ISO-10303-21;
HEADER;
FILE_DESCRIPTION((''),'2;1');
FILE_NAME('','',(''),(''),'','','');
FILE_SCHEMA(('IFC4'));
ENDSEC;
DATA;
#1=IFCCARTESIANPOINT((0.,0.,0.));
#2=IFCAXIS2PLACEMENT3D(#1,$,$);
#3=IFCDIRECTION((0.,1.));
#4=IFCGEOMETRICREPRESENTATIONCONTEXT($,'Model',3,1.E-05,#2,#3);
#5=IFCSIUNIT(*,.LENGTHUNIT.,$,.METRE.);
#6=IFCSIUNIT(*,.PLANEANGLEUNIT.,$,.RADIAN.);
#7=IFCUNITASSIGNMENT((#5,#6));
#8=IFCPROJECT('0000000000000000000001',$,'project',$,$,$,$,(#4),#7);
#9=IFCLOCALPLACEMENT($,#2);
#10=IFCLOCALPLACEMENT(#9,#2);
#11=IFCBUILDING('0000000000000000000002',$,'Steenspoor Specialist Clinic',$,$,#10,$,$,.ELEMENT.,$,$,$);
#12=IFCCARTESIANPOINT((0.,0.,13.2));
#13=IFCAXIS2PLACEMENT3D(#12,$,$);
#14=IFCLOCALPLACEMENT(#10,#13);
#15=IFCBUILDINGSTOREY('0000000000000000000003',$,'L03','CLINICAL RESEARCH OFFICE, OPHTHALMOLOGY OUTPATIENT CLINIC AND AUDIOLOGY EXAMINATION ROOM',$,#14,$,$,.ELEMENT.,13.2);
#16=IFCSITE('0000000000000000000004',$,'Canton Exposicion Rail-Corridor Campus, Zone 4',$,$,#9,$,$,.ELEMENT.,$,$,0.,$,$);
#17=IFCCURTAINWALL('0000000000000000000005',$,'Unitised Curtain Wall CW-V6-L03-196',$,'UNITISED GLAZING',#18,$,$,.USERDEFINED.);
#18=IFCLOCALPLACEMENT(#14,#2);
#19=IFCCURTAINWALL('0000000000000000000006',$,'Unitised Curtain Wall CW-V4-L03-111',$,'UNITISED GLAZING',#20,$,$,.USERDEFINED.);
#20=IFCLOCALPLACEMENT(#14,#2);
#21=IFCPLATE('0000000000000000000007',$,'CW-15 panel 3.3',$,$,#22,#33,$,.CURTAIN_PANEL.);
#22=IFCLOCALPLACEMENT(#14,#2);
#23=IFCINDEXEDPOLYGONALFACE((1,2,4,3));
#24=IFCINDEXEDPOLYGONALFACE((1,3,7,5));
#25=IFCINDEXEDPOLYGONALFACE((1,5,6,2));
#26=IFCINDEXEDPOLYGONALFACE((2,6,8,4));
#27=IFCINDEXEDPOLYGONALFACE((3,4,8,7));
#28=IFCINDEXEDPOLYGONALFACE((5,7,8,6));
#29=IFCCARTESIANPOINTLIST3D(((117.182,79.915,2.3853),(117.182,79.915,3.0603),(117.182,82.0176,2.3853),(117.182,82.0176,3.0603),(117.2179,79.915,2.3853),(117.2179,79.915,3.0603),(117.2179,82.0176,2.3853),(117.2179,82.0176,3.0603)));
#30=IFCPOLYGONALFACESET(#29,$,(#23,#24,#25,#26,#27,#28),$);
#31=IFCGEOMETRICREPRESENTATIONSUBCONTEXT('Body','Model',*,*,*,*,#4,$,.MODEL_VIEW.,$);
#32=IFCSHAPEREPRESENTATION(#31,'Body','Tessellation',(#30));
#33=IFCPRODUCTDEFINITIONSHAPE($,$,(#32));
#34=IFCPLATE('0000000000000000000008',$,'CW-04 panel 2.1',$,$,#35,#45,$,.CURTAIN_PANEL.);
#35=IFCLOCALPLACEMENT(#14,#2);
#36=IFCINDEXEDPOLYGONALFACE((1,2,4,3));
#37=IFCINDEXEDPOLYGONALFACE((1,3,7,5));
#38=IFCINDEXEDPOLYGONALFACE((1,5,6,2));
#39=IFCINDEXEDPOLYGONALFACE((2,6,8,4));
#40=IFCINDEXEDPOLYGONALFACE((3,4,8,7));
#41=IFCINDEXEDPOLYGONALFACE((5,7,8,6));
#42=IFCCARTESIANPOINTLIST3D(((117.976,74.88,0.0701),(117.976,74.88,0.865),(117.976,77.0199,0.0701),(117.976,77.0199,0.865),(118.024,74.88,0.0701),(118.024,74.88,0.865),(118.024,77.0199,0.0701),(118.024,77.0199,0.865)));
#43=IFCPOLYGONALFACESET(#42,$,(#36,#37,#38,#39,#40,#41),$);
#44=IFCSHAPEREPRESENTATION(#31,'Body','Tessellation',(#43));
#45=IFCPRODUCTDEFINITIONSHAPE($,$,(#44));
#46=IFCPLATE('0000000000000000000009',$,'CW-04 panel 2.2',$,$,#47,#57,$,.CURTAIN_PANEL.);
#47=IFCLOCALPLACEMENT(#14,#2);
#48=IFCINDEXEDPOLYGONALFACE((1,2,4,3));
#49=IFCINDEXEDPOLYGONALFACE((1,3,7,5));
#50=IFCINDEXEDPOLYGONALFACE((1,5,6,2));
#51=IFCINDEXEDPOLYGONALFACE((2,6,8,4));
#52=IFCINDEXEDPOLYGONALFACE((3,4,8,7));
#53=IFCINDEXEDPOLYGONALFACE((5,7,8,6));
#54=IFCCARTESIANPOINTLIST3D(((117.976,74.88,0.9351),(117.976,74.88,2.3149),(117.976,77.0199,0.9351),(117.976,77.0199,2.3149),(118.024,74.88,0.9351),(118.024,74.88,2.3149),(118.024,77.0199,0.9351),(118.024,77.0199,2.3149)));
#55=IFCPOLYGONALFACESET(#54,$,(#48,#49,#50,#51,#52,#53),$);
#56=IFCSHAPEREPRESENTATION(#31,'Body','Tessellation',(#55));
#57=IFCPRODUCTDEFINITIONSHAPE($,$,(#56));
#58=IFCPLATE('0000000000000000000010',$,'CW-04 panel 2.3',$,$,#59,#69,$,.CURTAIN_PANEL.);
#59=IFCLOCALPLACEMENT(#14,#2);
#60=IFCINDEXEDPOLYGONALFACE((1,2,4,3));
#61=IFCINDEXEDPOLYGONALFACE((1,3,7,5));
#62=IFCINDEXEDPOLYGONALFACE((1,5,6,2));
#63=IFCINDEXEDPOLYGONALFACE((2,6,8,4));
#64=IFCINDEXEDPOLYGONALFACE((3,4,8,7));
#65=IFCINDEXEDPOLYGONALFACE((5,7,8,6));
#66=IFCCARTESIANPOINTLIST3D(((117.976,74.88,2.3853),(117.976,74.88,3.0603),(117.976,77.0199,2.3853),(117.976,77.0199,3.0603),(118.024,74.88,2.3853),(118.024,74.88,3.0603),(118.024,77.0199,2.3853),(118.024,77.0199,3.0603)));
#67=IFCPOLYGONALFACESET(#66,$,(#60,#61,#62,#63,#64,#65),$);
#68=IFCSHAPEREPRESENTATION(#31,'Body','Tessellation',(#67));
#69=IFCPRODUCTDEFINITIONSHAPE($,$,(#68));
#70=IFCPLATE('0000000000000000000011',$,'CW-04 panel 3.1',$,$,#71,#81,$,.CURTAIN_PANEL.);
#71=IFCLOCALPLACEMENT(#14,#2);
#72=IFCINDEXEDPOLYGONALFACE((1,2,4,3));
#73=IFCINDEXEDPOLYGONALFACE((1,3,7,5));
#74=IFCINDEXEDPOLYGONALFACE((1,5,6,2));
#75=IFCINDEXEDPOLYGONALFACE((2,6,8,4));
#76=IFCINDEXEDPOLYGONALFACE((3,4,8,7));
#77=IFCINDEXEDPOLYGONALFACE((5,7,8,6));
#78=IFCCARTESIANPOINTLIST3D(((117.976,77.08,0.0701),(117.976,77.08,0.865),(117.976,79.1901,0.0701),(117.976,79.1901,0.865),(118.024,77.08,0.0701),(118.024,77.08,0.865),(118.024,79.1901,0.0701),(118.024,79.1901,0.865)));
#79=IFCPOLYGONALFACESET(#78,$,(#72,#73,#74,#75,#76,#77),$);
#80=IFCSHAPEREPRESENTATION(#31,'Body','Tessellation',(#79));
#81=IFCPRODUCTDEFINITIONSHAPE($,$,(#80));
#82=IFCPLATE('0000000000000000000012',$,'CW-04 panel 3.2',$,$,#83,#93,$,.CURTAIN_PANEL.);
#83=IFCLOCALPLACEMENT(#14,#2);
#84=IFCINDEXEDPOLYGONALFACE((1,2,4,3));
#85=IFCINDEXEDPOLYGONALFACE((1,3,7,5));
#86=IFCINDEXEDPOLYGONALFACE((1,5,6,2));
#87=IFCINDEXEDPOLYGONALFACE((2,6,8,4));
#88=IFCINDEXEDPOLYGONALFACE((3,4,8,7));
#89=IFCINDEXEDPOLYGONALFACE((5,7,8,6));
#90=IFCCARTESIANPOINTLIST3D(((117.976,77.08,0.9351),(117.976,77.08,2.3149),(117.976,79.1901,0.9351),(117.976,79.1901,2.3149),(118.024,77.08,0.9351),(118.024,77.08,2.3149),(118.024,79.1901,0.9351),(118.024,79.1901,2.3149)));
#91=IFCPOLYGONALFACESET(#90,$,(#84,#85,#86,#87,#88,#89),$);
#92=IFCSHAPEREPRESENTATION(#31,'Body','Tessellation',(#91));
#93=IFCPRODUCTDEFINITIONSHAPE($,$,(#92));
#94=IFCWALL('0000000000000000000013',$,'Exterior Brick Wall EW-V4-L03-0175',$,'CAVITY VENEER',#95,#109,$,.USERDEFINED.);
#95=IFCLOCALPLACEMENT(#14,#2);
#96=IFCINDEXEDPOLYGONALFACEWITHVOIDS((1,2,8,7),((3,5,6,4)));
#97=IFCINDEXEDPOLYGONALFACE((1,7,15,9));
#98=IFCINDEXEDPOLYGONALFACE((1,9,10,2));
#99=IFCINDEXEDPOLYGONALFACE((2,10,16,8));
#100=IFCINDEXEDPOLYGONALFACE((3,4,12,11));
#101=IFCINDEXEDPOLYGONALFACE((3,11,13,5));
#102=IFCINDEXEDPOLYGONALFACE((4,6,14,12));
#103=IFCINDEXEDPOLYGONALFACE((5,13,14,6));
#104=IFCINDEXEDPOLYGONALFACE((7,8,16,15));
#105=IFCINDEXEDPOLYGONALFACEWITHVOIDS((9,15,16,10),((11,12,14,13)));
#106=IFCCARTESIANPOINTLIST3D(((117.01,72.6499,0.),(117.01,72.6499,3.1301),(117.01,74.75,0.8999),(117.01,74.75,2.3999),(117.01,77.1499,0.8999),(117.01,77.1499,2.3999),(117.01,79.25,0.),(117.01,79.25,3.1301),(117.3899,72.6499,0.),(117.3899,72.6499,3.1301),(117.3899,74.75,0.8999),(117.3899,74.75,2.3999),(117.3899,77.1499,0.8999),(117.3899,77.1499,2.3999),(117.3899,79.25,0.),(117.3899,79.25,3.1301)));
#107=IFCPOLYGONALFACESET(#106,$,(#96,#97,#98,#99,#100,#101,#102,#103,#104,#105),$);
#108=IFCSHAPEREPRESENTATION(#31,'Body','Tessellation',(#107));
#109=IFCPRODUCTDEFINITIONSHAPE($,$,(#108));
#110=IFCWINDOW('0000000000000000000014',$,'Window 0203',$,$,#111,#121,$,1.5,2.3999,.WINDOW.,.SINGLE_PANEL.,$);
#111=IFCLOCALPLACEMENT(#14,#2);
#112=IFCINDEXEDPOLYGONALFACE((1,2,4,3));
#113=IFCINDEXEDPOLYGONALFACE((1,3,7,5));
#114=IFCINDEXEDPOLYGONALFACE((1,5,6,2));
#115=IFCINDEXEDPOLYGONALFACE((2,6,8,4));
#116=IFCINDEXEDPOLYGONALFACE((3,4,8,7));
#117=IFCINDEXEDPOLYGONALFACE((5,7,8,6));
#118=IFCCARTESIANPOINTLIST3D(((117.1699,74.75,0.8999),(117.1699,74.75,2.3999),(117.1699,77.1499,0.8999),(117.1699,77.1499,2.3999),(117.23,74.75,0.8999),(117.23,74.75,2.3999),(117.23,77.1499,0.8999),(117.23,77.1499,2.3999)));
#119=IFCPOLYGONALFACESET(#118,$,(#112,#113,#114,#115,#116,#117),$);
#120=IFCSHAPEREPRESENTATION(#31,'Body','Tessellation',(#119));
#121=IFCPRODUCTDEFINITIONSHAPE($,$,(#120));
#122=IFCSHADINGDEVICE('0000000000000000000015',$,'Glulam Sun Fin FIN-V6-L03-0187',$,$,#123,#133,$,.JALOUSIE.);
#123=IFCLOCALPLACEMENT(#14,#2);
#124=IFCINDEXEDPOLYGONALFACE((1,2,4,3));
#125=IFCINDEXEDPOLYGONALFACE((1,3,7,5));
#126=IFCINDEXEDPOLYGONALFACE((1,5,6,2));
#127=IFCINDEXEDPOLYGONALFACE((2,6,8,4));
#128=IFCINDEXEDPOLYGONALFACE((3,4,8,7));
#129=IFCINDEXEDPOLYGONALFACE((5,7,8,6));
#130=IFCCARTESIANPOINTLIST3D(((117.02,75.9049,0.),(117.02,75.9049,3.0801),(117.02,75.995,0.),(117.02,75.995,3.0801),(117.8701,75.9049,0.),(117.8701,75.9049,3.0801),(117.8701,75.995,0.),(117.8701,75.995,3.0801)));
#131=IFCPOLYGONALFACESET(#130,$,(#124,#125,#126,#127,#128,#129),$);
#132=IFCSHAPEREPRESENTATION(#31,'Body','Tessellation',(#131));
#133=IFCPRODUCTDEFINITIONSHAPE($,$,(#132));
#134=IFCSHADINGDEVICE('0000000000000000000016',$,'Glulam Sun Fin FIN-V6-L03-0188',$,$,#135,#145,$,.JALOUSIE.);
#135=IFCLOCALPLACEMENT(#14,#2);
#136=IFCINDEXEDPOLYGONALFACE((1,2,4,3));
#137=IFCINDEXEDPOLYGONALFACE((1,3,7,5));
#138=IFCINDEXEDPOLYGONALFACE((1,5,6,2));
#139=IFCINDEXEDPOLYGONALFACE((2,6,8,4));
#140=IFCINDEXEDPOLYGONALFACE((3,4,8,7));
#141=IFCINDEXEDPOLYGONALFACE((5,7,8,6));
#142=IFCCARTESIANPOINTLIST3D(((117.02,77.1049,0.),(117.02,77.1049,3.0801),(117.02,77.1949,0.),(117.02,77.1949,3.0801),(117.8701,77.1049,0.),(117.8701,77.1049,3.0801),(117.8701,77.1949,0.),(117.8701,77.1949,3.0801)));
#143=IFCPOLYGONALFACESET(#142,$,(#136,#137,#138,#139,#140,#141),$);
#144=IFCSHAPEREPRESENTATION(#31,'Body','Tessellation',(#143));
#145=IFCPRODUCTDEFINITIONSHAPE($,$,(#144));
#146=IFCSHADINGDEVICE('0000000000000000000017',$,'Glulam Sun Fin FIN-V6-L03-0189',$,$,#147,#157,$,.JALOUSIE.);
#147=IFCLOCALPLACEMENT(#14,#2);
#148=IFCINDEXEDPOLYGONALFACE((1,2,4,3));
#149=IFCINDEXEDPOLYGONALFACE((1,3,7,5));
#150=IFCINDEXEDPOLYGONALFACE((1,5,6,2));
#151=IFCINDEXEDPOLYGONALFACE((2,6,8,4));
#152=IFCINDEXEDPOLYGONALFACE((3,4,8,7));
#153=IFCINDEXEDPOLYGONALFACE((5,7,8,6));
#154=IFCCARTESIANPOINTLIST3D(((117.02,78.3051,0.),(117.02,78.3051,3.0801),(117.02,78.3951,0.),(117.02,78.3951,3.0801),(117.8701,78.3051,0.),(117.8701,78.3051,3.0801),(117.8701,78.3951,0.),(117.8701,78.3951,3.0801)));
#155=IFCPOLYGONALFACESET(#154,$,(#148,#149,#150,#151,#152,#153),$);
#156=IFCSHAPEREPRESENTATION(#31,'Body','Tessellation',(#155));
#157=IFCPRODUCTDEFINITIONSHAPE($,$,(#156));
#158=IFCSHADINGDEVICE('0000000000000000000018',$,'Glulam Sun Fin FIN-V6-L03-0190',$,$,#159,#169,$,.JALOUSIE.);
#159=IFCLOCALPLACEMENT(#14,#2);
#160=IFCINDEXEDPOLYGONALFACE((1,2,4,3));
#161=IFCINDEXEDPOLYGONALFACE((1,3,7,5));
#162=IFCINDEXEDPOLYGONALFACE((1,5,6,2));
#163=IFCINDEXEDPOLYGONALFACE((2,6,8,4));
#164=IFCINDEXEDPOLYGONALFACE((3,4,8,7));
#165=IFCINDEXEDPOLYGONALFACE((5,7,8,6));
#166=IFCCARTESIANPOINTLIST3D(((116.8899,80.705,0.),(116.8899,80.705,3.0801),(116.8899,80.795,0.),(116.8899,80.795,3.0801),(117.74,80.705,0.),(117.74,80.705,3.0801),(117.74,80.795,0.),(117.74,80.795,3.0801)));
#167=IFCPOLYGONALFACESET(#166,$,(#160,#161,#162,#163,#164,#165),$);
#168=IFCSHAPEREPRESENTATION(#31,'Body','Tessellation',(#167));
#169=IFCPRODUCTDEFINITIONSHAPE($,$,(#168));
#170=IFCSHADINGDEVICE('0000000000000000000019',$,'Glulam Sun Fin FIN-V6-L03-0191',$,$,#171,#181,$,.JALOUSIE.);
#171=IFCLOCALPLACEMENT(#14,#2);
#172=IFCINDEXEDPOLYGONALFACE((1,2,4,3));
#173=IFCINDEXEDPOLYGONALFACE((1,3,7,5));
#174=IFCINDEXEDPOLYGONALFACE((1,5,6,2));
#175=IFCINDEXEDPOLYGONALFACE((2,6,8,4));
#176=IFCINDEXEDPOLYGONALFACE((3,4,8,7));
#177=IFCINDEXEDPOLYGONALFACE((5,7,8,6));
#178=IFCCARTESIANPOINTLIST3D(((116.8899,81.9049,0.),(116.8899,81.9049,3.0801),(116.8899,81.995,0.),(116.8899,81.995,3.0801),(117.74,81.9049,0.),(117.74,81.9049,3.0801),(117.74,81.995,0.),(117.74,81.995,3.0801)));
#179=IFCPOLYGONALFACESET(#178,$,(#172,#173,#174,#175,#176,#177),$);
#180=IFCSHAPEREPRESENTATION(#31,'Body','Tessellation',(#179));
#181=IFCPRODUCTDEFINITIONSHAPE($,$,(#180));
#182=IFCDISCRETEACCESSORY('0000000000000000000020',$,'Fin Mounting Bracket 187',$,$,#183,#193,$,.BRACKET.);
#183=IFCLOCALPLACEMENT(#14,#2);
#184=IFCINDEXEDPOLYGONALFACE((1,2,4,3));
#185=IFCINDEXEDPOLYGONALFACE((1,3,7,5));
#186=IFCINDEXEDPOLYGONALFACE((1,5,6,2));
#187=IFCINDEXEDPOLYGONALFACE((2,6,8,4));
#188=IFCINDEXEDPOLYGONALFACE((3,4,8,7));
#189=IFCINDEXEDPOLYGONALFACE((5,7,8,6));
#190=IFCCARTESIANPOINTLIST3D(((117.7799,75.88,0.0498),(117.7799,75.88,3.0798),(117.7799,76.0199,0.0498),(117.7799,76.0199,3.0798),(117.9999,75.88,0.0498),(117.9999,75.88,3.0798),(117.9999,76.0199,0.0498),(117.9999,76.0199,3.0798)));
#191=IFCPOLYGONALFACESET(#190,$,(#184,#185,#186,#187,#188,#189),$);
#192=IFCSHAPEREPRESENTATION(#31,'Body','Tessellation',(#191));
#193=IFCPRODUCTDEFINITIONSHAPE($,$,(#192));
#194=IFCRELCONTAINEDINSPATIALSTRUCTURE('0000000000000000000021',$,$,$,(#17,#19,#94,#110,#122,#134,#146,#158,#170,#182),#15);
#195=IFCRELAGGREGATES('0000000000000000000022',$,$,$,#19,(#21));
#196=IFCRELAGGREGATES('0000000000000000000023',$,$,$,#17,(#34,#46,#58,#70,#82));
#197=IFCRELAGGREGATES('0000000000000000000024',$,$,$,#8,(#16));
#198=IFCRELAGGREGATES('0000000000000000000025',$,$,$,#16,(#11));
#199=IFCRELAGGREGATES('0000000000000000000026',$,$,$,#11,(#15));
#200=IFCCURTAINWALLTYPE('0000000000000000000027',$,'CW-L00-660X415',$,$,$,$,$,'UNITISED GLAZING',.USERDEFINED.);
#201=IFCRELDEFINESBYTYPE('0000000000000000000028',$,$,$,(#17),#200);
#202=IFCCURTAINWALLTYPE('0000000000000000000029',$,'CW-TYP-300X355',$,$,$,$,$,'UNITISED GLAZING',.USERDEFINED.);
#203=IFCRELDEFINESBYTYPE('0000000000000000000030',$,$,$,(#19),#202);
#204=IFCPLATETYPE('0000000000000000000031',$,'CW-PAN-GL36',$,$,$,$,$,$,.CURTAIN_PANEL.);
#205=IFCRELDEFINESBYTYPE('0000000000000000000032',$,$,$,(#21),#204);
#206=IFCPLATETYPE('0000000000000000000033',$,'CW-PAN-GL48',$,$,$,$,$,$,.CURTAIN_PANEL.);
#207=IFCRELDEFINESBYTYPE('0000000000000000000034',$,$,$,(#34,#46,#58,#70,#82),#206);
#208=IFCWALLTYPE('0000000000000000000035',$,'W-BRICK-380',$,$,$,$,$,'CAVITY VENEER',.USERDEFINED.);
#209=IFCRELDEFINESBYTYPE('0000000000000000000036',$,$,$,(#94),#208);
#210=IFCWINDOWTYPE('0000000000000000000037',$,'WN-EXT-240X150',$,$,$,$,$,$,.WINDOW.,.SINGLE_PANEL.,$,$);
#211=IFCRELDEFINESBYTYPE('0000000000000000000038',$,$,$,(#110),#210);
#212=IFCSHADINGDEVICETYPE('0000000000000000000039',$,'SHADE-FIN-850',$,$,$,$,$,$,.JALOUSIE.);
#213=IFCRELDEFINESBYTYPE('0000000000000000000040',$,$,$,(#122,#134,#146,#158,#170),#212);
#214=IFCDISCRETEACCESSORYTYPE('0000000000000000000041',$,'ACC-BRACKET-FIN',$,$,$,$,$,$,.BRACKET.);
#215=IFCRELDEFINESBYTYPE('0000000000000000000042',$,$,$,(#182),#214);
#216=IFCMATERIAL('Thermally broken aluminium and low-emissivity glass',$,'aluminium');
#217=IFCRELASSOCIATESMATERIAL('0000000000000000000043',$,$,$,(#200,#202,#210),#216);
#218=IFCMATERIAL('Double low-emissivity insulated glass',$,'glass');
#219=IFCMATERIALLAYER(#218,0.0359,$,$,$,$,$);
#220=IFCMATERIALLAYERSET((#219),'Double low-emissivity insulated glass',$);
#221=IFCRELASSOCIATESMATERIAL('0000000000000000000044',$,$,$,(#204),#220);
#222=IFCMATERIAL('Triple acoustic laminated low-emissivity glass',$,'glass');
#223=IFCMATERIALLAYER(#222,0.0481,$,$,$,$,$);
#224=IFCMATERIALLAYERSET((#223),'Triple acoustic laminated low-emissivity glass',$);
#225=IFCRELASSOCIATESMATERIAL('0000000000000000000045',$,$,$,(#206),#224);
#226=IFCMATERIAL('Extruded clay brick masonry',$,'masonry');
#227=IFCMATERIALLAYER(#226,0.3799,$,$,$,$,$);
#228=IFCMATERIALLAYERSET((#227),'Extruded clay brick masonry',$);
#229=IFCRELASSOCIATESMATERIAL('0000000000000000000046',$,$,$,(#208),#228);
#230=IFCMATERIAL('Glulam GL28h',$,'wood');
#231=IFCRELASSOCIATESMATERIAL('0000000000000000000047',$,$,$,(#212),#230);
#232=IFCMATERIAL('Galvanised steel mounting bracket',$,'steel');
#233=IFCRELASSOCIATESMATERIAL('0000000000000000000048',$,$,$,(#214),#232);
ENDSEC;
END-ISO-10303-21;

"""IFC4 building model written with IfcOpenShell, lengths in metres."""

from ifc_helpers import new_model, si_unit, direction, frame, frame_2d, origin, origin_2d, place, context, subcontext, project, spatial, rectangle, extrude, material, layer, layer_set, material_profile, profile_set, type_object, element, fill, aggregate, save


model = new_model("IFC4")

# Units and contexts
model_context = context("Model", 3, precision=1e-05, world=origin(), true_north=direction((0.0, 1.0)))
body_context = subcontext(model_context, "Body", "Model", "MODEL_VIEW")
ifc_project = project(units=[si_unit("LENGTHUNIT", "METRE"), si_unit("PLANEANGLEUNIT", "RADIAN")], contexts=[model_context])

# Site, building, storey
site_placement = place(None, origin())
site = spatial("IfcSite", under=ifc_project, at=site_placement, Name="Canton Exposicion Rail-Corridor Campus, Zone 4", CompositionType="ELEMENT", RefElevation=0.0)
building_placement = place(site_placement, origin())
building = spatial("IfcBuilding", under=site, at=building_placement, Name="Steenspoor Specialist Clinic", CompositionType="ELEMENT")
storey_placement = place(building_placement, frame((0.0, 0.0, 13.2)))
storey = spatial("IfcBuildingStorey", under=building, at=storey_placement, Name="L03", Description="CLINICAL RESEARCH OFFICE, OPHTHALMOLOGY OUTPATIENT CLINIC AND AUDIOLOGY EXAMINATION ROOM", CompositionType="ELEMENT", Elevation=13.2)

# Curtain walls
ifc_material_1 = material(Name="Thermally broken aluminium and low-emissivity glass", Category="aluminium")
curtain_wall_type_1 = type_object("IfcCurtainWallType", Name="CW-L00-660X415", ElementType="UNITISED GLAZING", PredefinedType="USERDEFINED", material=ifc_material_1)
curtain_wall_1_placement = place(storey_placement, origin())
curtain_wall_1 = element("IfcCurtainWall", 1, at=curtain_wall_1_placement, inside=storey, type_object=curtain_wall_type_1, Name="Unitised Curtain Wall CW-V6-L03-196", ObjectType="UNITISED GLAZING", PredefinedType="USERDEFINED")
curtain_wall_type_2 = type_object("IfcCurtainWallType", Name="CW-TYP-300X355", ElementType="UNITISED GLAZING", PredefinedType="USERDEFINED", material=ifc_material_1)
curtain_wall_2_placement = place(storey_placement, origin())
curtain_wall_2 = element("IfcCurtainWall", 2, at=curtain_wall_2_placement, inside=storey, type_object=curtain_wall_type_2, Name="Unitised Curtain Wall CW-V4-L03-111", ObjectType="UNITISED GLAZING", PredefinedType="USERDEFINED")

# Plates
ifc_material_2 = material(Name="Double low-emissivity insulated glass", Category="glass")
ifc_layer_1 = layer(ifc_material_2, 0.0359)
ifc_layer_set_1 = layer_set([ifc_layer_1], Name="Double low-emissivity insulated glass")
plate_type_1 = type_object("IfcPlateType", Name="CW-PAN-GL36", PredefinedType="CURTAIN_PANEL", material=ifc_layer_set_1)
plate_1_placement = place(storey_placement, frame((117.2, 80.9663, 2.3853), z_axis=(0.0, 0.0, 1.0), x_axis=(0.0, -1.0, 0.0)))
plate_1 = element("IfcPlate", 3, at=plate_1_placement, type_object=plate_type_1, Name="CW-15 panel 3.3", PredefinedType="CURTAIN_PANEL", context=body_context, shape_type="SweptSolid", body=[
    extrude(rectangle(XDim=2.1025, YDim=0.0359, at=origin_2d()), origin(), (0.0, 0.0, 1.0), 0.675),
])
aggregate(curtain_wall_2, [plate_1])
ifc_material_3 = material(Name="Triple acoustic laminated low-emissivity glass", Category="glass")
ifc_layer_2 = layer(ifc_material_3, 0.0481)
ifc_layer_set_2 = layer_set([ifc_layer_2], Name="Triple acoustic laminated low-emissivity glass")
plate_type_2 = type_object("IfcPlateType", Name="CW-PAN-GL48", PredefinedType="CURTAIN_PANEL", material=ifc_layer_set_2)
plate_2_placement = place(storey_placement, frame((118.0, 75.95, 0.0701), z_axis=(0.0, 0.0, 1.0), x_axis=(0.0, 1.0, 0.0)))
plate_2 = element("IfcPlate", 4, at=plate_2_placement, type_object=plate_type_2, Name="CW-04 panel 2.1", PredefinedType="CURTAIN_PANEL", context=body_context, shape_type="SweptSolid", body=[
    extrude(rectangle(XDim=2.1399, YDim=0.0481, at=origin_2d()), origin(), (0.0, 0.0, 1.0), 0.7949),
])
plate_3_placement = place(storey_placement, frame((118.0, 75.95, 0.9351), z_axis=(0.0, 0.0, 1.0), x_axis=(0.0, 1.0, 0.0)))
plate_3 = element("IfcPlate", 5, at=plate_3_placement, type_object=plate_type_2, Name="CW-04 panel 2.2", PredefinedType="CURTAIN_PANEL", context=body_context, shape_type="SweptSolid", body=[
    extrude(rectangle(XDim=2.1399, YDim=0.0481, at=origin_2d()), origin(), (0.0, 0.0, 1.0), 1.3799),
])
plate_4_placement = place(storey_placement, frame((118.0, 75.95, 2.3853), z_axis=(0.0, 0.0, 1.0), x_axis=(0.0, 1.0, 0.0)))
plate_4 = element("IfcPlate", 6, at=plate_4_placement, type_object=plate_type_2, Name="CW-04 panel 2.3", PredefinedType="CURTAIN_PANEL", context=body_context, shape_type="SweptSolid", body=[
    extrude(rectangle(XDim=2.1399, YDim=0.0481, at=origin_2d()), origin(), (0.0, 0.0, 1.0), 0.675),
])
plate_5_placement = place(storey_placement, frame((118.0, 78.135, 0.0701), z_axis=(0.0, 0.0, 1.0), x_axis=(0.0, 1.0, 0.0)))
plate_5 = element("IfcPlate", 7, at=plate_5_placement, type_object=plate_type_2, Name="CW-04 panel 3.1", PredefinedType="CURTAIN_PANEL", context=body_context, shape_type="SweptSolid", body=[
    extrude(rectangle(XDim=2.1101, YDim=0.0481, at=origin_2d()), origin(), (0.0, 0.0, 1.0), 0.7949),
])
plate_6_placement = place(storey_placement, frame((118.0, 78.135, 0.9351), z_axis=(0.0, 0.0, 1.0), x_axis=(0.0, 1.0, 0.0)))
plate_6 = element("IfcPlate", 8, at=plate_6_placement, type_object=plate_type_2, Name="CW-04 panel 3.2", PredefinedType="CURTAIN_PANEL", context=body_context, shape_type="SweptSolid", body=[
    extrude(rectangle(XDim=2.1101, YDim=0.0481, at=origin_2d()), origin(), (0.0, 0.0, 1.0), 1.3799),
])
aggregate(curtain_wall_1, [plate_2, plate_3, plate_4, plate_5, plate_6])

# Wall, opening, window
ifc_material_4 = material(Name="Extruded clay brick masonry", Category="masonry")
ifc_layer_3 = layer(ifc_material_4, 0.3799)
ifc_layer_set_3 = layer_set([ifc_layer_3], Name="Extruded clay brick masonry")
wall_type = type_object("IfcWallType", Name="W-BRICK-380", ElementType="CAVITY VENEER", PredefinedType="USERDEFINED", material=ifc_layer_set_3)
wall_placement = place(storey_placement, frame((117.2, 79.25, 0.0), z_axis=(0.0, 0.0, 1.0), x_axis=(0.0, -1.0, 0.0)))
wall = element("IfcWall", 9, at=wall_placement, inside=storey, type_object=wall_type, Name="Exterior Brick Wall EW-V4-L03-0175", ObjectType="CAVITY VENEER", PredefinedType="USERDEFINED", context=body_context, shape_type="SweptSolid", body=[
    extrude(rectangle(XDim=6.6001, YDim=0.3799, at=frame_2d((3.3, 0.0))), origin(), (0.0, 0.0, 1.0), 3.1301),
])
opening_placement = place(wall_placement, frame((2.1001, 0.0, 0.8999)))
opening = element("IfcOpeningElement", 10, at=opening_placement, cuts=wall, PredefinedType="OPENING", context=body_context, shape_type="SweptSolid", body=[
    extrude(rectangle(XDim=2.3999, YDim=1.5, at=frame_2d((1.2, 0.75))), frame((0.0, 0.2, 0.0), z_axis=(0.0, -1.0, 0.0), x_axis=(1.0, 0.0, 0.0)), (0.0, 0.0, 1.0), 0.3999),
])
window_type = type_object("IfcWindowType", Name="WN-EXT-240X150", PartitioningType="SINGLE_PANEL", PredefinedType="WINDOW", material=ifc_material_1)
window_placement = place(opening_placement, origin())
window = element("IfcWindow", 11, at=window_placement, inside=storey, type_object=window_type, Name="Window 0203", OverallHeight=1.5, OverallWidth=2.3999, PartitioningType="SINGLE_PANEL", PredefinedType="WINDOW", context=body_context, shape_type="SweptSolid", body=[
    extrude(rectangle(XDim=2.3999, YDim=1.5, at=frame_2d((1.2, 0.75))), frame((0.0, 0.03, 0.0), z_axis=(0.0, -1.0, 0.0), x_axis=(1.0, 0.0, 0.0)), (0.0, 0.0, 1.0), 0.0601),
])
fill(opening, window)

# Shading devices
ifc_material_5 = material(Name="Glulam GL28h", Category="wood")
ifc_material_profile_1 = material_profile(ifc_material_5, rectangle(XDim=0.0901, YDim=0.8501, at=origin_2d()), Name="GL28H-90X850")
ifc_profile_set_1 = profile_set([ifc_material_profile_1], Name="Glulam GL28h")
shading_device_type = type_object("IfcShadingDeviceType", Name="SHADE-FIN-850", PredefinedType="JALOUSIE", material=ifc_profile_set_1)
for number, where, z_axis, x_axis, name in (
    (12, (117.4451, 75.95, 0.0), (0.0, 0.0, 1.0), (0.0, 1.0, 0.0), "Glulam Sun Fin FIN-V6-L03-0187"),
    (13, (117.4451, 77.1499, 0.0), (0.0, 0.0, 1.0), (0.0, 1.0, 0.0), "Glulam Sun Fin FIN-V6-L03-0188"),
    (14, (117.4451, 78.3501, 0.0), (0.0, 0.0, 1.0), (0.0, 1.0, 0.0), "Glulam Sun Fin FIN-V6-L03-0189"),
    (15, (117.3149, 80.75, 0.0), (0.0, 0.0, 1.0), (0.0, 1.0, 0.0), "Glulam Sun Fin FIN-V6-L03-0190"),
    (16, (117.3149, 81.95, 0.0), (0.0, 0.0, 1.0), (0.0, 1.0, 0.0), "Glulam Sun Fin FIN-V6-L03-0191"),
):
    element("IfcShadingDevice", number, at=place(storey_placement, frame(where, z_axis=z_axis, x_axis=x_axis)), inside=storey, type_object=shading_device_type, Name=name, PredefinedType="JALOUSIE", context=body_context, shape_type="SweptSolid", body=[
        extrude(rectangle(XDim=0.0901, YDim=0.8501, at=origin_2d()), origin(), (0.0, 0.0, 1.0), 3.0801),
    ])

# Discrete accessory
ifc_material_6 = material(Name="Galvanised steel mounting bracket", Category="steel")
discrete_accessory_type = type_object("IfcDiscreteAccessoryType", Name="ACC-BRACKET-FIN", PredefinedType="BRACKET", material=ifc_material_6)
for number, where, z_axis, x_axis, name in (
    (17, (117.8899, 75.95, 0.0498), (0.0, 0.0, 1.0), (-1.0, 0.0, 0.0), "Fin Mounting Bracket 187"),
):
    element("IfcDiscreteAccessory", number, at=place(storey_placement, frame(where, z_axis=z_axis, x_axis=x_axis)), inside=storey, type_object=discrete_accessory_type, Name=name, PredefinedType="BRACKET", context=body_context, shape_type="SweptSolid", body=[
        extrude(rectangle(XDim=0.22, YDim=0.1399, at=origin_2d()), origin(), (0.0, 0.0, 1.0), 3.03),
    ])

save(model, "model.ifc")
